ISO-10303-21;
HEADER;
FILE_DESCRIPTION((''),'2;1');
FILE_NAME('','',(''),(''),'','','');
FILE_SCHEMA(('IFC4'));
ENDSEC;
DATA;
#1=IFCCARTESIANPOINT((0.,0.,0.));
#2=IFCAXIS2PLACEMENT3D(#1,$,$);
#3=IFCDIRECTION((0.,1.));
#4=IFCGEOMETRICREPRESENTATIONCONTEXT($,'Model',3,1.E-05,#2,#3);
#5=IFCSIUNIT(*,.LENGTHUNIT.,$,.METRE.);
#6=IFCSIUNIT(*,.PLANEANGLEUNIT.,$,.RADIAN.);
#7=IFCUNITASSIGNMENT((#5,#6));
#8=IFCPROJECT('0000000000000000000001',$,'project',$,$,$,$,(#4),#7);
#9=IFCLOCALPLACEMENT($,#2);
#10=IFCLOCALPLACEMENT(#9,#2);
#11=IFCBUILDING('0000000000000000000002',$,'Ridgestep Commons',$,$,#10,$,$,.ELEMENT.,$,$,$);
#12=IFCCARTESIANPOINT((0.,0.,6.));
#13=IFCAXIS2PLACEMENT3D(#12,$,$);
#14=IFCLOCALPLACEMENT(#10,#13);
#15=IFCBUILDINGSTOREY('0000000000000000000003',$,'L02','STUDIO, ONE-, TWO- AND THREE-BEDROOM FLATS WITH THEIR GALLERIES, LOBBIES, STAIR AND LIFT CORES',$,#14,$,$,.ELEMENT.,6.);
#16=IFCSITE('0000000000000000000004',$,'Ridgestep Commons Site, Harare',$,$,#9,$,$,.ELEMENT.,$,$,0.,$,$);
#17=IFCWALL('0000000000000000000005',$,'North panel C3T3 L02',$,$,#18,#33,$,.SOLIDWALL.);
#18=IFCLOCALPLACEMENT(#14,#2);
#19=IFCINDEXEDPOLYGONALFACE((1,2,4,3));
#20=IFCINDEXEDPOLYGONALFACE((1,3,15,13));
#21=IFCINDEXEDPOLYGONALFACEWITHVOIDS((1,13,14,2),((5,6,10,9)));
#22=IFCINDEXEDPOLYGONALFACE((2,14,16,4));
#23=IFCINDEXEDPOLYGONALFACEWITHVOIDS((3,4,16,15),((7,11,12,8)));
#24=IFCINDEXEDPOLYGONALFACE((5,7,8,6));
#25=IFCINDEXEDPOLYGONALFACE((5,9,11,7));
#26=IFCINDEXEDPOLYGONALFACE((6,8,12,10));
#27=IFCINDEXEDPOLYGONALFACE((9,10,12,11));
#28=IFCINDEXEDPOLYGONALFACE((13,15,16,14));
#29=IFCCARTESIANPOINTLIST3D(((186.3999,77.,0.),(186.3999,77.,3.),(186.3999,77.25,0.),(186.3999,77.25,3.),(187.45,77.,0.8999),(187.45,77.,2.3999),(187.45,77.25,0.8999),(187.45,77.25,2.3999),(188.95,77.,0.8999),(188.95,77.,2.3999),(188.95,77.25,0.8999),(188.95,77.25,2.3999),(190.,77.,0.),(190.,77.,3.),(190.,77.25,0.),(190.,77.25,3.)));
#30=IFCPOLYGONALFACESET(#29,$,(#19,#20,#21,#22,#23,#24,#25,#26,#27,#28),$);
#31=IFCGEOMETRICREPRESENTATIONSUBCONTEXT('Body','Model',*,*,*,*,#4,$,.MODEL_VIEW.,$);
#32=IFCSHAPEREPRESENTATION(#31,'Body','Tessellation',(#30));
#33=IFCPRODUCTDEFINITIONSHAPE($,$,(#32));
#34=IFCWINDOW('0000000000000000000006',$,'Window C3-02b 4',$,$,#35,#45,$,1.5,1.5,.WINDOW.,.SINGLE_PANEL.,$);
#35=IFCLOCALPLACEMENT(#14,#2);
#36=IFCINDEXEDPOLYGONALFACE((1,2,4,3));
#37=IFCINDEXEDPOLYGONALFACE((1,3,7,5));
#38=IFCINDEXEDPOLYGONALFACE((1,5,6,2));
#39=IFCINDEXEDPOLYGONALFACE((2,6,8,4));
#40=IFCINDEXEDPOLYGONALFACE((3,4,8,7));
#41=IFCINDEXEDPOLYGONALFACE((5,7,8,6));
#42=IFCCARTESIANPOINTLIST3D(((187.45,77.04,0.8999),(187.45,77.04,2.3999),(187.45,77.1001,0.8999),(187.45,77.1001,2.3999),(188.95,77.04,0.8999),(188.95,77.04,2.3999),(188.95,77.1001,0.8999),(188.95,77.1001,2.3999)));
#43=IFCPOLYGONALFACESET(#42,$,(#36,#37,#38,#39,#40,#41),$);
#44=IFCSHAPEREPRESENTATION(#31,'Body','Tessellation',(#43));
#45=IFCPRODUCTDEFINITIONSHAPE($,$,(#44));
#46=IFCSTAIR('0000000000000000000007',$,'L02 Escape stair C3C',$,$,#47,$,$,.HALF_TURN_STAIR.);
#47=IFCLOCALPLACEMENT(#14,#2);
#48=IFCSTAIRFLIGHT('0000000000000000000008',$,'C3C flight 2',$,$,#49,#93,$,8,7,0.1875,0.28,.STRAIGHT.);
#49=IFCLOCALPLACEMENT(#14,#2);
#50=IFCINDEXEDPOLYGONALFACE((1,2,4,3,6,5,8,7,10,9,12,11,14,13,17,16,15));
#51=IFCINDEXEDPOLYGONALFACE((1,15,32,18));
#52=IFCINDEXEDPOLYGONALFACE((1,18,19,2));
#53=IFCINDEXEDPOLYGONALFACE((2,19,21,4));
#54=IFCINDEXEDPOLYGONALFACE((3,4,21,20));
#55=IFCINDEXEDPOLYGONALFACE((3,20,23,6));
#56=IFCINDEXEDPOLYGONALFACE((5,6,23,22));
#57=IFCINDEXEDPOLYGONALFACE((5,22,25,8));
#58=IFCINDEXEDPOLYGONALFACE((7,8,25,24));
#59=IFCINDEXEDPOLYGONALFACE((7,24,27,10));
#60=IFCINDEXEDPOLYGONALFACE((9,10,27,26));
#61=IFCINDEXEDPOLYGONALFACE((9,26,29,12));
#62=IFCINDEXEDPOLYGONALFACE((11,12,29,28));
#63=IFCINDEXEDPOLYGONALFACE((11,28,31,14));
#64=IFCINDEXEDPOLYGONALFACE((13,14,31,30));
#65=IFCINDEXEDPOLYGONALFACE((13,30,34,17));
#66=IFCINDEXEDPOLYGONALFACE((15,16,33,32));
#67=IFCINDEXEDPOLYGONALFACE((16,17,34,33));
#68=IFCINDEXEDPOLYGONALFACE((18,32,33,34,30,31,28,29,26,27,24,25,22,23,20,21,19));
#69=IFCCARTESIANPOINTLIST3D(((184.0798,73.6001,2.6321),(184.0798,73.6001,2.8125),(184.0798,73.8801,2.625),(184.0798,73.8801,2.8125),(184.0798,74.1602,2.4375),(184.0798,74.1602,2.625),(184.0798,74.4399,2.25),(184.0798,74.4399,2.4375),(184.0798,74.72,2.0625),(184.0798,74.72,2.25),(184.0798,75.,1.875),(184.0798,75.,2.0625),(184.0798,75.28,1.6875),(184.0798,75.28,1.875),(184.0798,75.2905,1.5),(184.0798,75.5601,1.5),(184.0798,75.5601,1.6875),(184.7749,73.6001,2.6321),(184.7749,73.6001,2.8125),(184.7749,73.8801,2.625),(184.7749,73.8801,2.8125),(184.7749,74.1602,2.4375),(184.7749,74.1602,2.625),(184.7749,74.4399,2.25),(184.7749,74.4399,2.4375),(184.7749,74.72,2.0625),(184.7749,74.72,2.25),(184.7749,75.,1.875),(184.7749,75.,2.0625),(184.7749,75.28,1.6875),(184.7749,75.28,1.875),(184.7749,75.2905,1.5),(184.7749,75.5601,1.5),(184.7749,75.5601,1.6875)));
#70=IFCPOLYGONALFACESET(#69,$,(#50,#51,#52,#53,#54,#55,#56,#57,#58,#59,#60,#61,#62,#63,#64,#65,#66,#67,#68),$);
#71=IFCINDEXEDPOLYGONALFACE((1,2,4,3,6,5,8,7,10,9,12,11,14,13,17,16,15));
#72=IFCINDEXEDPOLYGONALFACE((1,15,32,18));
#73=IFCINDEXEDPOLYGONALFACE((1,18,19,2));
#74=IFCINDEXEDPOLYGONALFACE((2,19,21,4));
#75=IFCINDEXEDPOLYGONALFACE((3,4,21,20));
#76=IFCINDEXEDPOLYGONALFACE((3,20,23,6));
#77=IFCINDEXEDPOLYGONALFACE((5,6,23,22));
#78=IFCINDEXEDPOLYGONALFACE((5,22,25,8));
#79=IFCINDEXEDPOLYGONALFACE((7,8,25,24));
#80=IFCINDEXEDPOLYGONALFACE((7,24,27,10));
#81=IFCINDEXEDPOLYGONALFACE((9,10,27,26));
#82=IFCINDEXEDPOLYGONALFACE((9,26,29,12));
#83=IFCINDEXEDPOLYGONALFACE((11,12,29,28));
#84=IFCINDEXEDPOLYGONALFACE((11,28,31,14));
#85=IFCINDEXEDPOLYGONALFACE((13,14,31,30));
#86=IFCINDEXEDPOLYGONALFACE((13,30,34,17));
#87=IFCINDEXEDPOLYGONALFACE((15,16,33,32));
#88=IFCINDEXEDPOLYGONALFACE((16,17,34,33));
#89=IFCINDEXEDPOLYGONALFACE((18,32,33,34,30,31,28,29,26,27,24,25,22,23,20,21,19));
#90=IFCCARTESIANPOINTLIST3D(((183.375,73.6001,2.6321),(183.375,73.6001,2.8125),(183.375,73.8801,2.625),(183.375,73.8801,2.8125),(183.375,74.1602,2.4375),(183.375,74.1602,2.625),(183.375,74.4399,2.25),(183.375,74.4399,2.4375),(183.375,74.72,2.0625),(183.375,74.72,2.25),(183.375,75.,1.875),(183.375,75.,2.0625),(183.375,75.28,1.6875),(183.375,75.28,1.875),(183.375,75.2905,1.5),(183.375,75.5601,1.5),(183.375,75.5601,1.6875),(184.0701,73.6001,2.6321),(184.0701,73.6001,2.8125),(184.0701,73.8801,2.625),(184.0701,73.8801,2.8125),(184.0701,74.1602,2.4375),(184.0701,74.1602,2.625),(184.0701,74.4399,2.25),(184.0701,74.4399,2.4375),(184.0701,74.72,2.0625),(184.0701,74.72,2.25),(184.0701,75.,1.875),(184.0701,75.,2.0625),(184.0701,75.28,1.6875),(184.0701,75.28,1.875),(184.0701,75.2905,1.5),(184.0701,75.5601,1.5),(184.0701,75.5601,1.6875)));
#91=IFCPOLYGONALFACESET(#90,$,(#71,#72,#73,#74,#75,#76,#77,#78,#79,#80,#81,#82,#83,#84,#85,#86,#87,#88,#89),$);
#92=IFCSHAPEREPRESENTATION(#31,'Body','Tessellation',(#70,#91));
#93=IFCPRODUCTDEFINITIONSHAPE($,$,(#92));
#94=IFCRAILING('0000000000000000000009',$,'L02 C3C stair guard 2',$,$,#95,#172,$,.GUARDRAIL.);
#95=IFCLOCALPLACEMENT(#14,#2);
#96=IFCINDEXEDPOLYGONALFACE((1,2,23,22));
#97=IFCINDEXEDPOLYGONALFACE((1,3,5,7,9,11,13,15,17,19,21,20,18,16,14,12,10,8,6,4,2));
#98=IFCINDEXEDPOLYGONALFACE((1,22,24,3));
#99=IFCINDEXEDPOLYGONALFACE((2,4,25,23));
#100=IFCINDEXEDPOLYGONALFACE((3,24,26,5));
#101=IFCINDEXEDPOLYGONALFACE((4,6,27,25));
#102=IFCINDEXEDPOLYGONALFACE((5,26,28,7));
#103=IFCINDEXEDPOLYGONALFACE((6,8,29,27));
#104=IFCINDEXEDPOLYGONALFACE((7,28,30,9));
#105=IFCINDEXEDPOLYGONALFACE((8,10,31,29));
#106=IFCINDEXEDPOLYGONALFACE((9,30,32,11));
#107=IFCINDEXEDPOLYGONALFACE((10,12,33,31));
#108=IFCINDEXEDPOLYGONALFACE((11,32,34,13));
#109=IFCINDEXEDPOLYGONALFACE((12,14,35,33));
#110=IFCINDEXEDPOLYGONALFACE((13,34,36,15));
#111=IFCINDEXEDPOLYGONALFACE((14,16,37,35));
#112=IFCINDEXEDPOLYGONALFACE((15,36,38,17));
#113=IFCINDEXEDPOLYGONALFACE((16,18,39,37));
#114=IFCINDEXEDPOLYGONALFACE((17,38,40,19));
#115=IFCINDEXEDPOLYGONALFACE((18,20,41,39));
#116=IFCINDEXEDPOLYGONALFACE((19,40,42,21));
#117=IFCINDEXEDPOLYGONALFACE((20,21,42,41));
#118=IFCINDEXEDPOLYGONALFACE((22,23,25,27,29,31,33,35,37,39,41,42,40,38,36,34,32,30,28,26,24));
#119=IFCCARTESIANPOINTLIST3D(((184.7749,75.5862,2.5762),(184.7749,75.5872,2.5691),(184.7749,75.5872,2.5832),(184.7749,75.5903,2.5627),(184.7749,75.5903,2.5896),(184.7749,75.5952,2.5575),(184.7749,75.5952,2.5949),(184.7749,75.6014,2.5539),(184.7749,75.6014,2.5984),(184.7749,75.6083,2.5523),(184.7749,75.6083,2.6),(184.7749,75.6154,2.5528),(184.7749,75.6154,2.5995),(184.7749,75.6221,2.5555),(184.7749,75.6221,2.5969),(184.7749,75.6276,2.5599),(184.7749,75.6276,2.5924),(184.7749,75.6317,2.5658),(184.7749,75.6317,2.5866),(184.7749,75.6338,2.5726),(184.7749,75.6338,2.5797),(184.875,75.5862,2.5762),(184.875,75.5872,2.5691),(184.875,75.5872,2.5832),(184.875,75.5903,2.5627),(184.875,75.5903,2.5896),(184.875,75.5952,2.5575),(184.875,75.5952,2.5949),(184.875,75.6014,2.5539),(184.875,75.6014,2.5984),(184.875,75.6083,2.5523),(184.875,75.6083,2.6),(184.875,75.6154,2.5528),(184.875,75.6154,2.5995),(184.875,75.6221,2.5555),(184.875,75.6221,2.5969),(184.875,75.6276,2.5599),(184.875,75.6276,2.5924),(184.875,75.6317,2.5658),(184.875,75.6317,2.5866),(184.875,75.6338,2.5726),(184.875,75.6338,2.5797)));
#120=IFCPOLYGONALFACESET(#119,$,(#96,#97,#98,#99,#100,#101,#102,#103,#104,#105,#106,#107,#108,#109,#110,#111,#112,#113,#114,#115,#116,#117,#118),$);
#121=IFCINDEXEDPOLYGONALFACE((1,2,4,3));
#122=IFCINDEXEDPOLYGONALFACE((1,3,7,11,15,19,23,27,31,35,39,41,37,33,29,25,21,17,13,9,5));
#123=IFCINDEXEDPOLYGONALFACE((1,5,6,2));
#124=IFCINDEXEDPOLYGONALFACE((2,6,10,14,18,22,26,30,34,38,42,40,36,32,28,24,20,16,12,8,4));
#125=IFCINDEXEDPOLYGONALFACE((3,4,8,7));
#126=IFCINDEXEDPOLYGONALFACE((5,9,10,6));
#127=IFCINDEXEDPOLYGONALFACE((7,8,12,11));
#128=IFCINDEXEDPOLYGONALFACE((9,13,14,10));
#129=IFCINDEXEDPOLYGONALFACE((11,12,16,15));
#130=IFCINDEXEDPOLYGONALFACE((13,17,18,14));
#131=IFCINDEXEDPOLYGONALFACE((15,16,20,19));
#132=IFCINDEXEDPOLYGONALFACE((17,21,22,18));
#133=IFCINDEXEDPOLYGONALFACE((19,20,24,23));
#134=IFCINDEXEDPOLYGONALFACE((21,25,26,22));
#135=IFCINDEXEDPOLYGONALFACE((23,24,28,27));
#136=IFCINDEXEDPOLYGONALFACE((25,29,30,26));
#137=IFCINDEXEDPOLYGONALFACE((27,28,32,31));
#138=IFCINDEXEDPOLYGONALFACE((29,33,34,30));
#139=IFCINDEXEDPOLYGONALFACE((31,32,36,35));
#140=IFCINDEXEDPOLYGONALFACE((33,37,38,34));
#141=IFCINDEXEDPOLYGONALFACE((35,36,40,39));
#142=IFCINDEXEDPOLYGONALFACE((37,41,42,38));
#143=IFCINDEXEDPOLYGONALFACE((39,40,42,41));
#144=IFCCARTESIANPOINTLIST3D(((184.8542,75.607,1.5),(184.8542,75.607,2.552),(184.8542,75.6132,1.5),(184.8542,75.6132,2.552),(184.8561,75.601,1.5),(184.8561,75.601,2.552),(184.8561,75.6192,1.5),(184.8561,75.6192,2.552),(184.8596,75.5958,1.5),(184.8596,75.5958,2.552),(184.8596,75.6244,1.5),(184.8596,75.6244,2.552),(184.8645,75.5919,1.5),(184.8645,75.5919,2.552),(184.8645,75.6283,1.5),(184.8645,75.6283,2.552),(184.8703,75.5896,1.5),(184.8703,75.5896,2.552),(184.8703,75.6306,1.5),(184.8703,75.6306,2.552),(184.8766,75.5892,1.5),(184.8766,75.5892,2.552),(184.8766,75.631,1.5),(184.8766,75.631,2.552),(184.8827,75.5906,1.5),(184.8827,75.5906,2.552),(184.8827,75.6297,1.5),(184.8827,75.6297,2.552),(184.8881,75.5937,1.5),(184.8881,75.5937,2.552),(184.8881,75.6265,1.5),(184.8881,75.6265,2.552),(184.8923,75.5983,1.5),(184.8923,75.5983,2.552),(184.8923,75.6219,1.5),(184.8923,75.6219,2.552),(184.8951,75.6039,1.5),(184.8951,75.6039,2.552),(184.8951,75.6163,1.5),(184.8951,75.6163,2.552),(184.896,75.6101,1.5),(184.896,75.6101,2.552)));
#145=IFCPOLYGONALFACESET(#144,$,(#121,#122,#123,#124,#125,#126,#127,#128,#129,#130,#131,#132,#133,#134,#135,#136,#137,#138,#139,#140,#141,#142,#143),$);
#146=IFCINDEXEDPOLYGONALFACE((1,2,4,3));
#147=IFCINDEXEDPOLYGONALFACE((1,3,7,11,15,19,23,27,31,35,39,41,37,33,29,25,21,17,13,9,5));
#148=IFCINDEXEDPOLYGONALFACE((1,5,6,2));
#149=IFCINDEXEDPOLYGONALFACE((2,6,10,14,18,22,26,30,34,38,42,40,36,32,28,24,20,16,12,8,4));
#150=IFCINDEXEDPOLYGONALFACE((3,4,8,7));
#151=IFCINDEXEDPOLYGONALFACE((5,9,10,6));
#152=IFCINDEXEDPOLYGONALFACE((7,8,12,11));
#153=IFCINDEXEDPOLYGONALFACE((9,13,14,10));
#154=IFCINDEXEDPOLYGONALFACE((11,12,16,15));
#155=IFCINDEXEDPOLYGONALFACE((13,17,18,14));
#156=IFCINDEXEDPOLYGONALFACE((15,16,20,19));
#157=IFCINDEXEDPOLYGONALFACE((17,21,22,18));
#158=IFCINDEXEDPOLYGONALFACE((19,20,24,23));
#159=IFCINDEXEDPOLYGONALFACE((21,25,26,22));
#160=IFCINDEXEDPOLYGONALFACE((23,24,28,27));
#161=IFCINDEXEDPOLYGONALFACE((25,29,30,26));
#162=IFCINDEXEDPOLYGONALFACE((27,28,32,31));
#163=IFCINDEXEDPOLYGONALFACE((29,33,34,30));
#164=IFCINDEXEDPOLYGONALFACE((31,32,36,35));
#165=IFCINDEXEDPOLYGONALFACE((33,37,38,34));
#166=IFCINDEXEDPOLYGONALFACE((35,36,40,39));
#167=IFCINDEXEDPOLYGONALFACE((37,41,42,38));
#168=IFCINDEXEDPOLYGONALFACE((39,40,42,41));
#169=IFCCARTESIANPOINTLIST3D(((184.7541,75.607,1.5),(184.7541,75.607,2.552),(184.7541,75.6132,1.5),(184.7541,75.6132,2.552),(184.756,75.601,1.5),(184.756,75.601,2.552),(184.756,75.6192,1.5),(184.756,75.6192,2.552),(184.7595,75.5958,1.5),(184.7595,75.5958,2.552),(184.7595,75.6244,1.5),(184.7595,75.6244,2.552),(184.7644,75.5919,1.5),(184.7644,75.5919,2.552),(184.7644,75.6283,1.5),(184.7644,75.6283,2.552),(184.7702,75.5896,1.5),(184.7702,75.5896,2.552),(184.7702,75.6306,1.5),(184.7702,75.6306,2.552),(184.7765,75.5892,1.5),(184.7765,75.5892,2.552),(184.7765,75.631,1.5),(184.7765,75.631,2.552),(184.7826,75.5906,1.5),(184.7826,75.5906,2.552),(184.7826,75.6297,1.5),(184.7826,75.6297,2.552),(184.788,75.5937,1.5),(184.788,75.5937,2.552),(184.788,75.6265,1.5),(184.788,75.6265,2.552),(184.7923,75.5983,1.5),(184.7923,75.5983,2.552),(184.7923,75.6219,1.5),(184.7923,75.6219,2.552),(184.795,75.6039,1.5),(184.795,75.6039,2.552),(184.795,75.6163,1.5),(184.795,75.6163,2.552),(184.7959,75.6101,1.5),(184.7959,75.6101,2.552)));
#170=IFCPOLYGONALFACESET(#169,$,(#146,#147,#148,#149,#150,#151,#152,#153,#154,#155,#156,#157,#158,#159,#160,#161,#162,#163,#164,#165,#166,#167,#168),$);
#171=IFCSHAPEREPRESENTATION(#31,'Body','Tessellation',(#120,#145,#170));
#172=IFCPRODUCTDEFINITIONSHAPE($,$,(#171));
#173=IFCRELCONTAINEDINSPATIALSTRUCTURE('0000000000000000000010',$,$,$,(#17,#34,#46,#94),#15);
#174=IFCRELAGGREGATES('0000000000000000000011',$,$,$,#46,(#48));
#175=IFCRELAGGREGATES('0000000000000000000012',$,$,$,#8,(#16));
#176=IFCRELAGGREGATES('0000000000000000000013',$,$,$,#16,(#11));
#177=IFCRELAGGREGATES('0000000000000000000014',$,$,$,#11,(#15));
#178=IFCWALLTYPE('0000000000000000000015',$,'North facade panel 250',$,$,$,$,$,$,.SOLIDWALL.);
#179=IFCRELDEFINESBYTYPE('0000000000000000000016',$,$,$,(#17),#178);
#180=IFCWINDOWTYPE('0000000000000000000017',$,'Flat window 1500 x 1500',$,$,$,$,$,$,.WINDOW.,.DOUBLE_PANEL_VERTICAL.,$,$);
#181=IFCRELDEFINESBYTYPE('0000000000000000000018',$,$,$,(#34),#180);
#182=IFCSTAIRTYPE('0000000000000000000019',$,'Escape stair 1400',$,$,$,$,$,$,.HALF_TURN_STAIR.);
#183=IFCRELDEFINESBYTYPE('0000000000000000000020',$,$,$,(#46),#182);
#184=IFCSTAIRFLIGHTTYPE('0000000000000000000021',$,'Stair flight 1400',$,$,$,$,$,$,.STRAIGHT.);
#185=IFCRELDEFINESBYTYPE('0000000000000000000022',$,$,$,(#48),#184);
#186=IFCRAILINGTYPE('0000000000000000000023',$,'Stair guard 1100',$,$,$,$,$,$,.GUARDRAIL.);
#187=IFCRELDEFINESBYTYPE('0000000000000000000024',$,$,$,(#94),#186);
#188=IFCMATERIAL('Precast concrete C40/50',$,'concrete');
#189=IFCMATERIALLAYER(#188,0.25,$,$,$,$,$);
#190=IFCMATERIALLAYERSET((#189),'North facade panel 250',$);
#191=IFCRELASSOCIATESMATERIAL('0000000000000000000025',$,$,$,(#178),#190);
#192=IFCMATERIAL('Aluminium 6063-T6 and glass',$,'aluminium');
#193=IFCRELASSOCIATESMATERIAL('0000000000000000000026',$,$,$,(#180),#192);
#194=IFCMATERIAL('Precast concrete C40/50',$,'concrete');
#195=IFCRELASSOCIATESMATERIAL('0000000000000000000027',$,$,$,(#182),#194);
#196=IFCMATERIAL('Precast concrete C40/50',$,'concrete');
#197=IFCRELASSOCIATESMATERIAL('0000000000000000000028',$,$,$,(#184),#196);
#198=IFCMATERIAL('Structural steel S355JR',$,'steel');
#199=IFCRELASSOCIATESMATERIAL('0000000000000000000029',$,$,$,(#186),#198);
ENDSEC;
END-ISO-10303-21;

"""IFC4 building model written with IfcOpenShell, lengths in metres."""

from ifc_helpers import new_model, si_unit, direction, frame, frame_2d, origin, origin_2d, place, context, subcontext, project, spatial, polyline, rectangle, circle, outline, extrude, material, layer, layer_set, type_object, element, fill, aggregate, save


model = new_model("IFC4")

# Units and contexts
model_context = context("Model", 3, precision=1e-05, world=origin(), true_north=direction((0.0, 1.0)))
body_context = subcontext(model_context, "Body", "Model", "MODEL_VIEW")
ifc_project = project(units=[si_unit("LENGTHUNIT", "METRE"), si_unit("PLANEANGLEUNIT", "RADIAN")], contexts=[model_context])

# Site, building, storey
site_placement = place(None, origin())
site = spatial("IfcSite", under=ifc_project, at=site_placement, Name="Ridgestep Commons Site, Harare", CompositionType="ELEMENT", RefElevation=0.0)
building_placement = place(site_placement, origin())
building = spatial("IfcBuilding", under=site, at=building_placement, Name="Ridgestep Commons", CompositionType="ELEMENT")
storey_placement = place(building_placement, frame((0.0, 0.0, 6.0)))
storey = spatial("IfcBuildingStorey", under=building, at=storey_placement, Name="L02", Description="STUDIO, ONE-, TWO- AND THREE-BEDROOM FLATS WITH THEIR GALLERIES, LOBBIES, STAIR AND LIFT CORES", CompositionType="ELEMENT", Elevation=6.0)

# Wall, opening, window
ifc_material_1 = material(Name="Precast concrete C40/50", Category="concrete")
ifc_layer_1 = layer(ifc_material_1, 0.25)
ifc_layer_set_1 = layer_set([ifc_layer_1], Name="North facade panel 250")
wall_type = type_object("IfcWallType", Name="North facade panel 250", PredefinedType="SOLIDWALL", material=ifc_layer_set_1)
wall_placement = place(storey_placement, frame((186.3999, 77.125, 0.0), z_axis=(0.0, 0.0, 1.0), x_axis=(1.0, 0.0, 0.0)))
wall = element("IfcWall", 1, at=wall_placement, inside=storey, type_object=wall_type, Name="North panel C3T3 L02", PredefinedType="SOLIDWALL", context=body_context, shape_type="SweptSolid", body=[
    extrude(rectangle(XDim=3.6001, YDim=0.25, at=frame_2d((1.8, 0.0))), origin(), (0.0, 0.0, 1.0), 3.0),
])
opening_placement = place(wall_placement, frame((1.05, 0.0, 0.8999)))
opening = element("IfcOpeningElement", 2, at=opening_placement, cuts=wall, PredefinedType="OPENING", context=body_context, shape_type="SweptSolid", body=[
    extrude(rectangle(XDim=1.5, YDim=1.5, at=frame_2d((0.75, 0.75))), frame((0.0, 0.135, 0.0), z_axis=(0.0, -1.0, 0.0), x_axis=(1.0, 0.0, 0.0)), (0.0, 0.0, 1.0), 0.27),
])
ifc_material_2 = material(Name="Aluminium 6063-T6 and glass", Category="aluminium")
window_type = type_object("IfcWindowType", Name="Flat window 1500 x 1500", PartitioningType="DOUBLE_PANEL_VERTICAL", PredefinedType="WINDOW", material=ifc_material_2)
window_placement = place(opening_placement, origin())
window = element("IfcWindow", 3, at=window_placement, inside=storey, type_object=window_type, Name="Window C3-02b 4", OverallHeight=1.5, OverallWidth=1.5, PartitioningType="SINGLE_PANEL", PredefinedType="WINDOW", context=body_context, shape_type="SweptSolid", body=[
    extrude(rectangle(XDim=1.5, YDim=1.5, at=frame_2d((0.75, 0.75))), frame((0.0, -0.0249, 0.0), z_axis=(0.0, -1.0, 0.0), x_axis=(1.0, 0.0, 0.0)), (0.0, 0.0, 1.0), 0.0601),
])
fill(opening, window)

# Stair, stair flight
ifc_material_3 = material(Name="Precast concrete C40/50", Category="concrete")
stair_type = type_object("IfcStairType", Name="Escape stair 1400", PredefinedType="HALF_TURN_STAIR", material=ifc_material_3)
stair_placement = place(storey_placement, origin())
stair = element("IfcStair", 4, at=stair_placement, inside=storey, type_object=stair_type, Name="L02 Escape stair C3C", PredefinedType="HALF_TURN_STAIR")
ifc_material_4 = material(Name="Precast concrete C40/50", Category="concrete")
stair_flight_type = type_object("IfcStairFlightType", Name="Stair flight 1400", PredefinedType="STRAIGHT", material=ifc_material_4)
stair_flight_placement = place(storey_placement, frame((184.075, 75.5601, 1.5), z_axis=(0.0, 0.0, 1.0), x_axis=(0.0, -1.0, 0.0)))
stair_flight = element("IfcStairFlight", 5, at=stair_flight_placement, type_object=stair_flight_type, Name="C3C flight 2", NumberOfRisers=8, NumberOfTreads=7, PredefinedType="STRAIGHT", RiserHeight=0.1875, TreadLength=0.28, context=body_context, shape_type="SweptSolid", body=[
    extrude(outline(polyline([(0.0, 0.0), (0.0, 0.1875), (0.28, 0.1875), (0.28, 0.375), (0.5601, 0.375), (0.5601, 0.5625), (0.8401, 0.5625), (0.8401, 0.75), (1.1201, 0.75), (1.1201, 0.9375), (1.3999, 0.9375), (1.3999, 1.125), (1.6799, 1.125), (1.6799, 1.3125), (1.96, 1.3125), (1.96, 1.5), (1.96, 1.1321), (0.2695, 0.0), (0.0, 0.0)])), frame((0.0, 0.7, 0.0), z_axis=(0.0, -1.0, 0.0), x_axis=(1.0, 0.0, 0.0)), (0.0, 0.0, 1.0), 0.6951),
    extrude(outline(polyline([(0.0, 0.0), (0.0, 0.1875), (0.28, 0.1875), (0.28, 0.375), (0.5601, 0.375), (0.5601, 0.5625), (0.8401, 0.5625), (0.8401, 0.75), (1.1201, 0.75), (1.1201, 0.9375), (1.3999, 0.9375), (1.3999, 1.125), (1.6799, 1.125), (1.6799, 1.3125), (1.96, 1.3125), (1.96, 1.5), (1.96, 1.1321), (0.2695, 0.0), (0.0, 0.0)])), frame((0.0, -0.0049, 0.0), z_axis=(0.0, -1.0, 0.0), x_axis=(1.0, 0.0, 0.0)), (0.0, 0.0, 1.0), 0.6951),
])
aggregate(stair, [stair_flight])

# Railing
ifc_material_5 = material(Name="Structural steel S355JR", Category="steel")
railing_type = type_object("IfcRailingType", Name="Stair guard 1100", PredefinedType="GUARDRAIL", material=ifc_material_5)
railing_1_placement = place(storey_placement, frame((184.875, 75.6101, 1.5)))
element("IfcRailing", 6, at=railing_1_placement, inside=storey, type_object=railing_type, Name="L02 C3C stair guard 2", PredefinedType="GUARDRAIL", context=body_context, shape_type="SweptSolid", body=[
    extrude(circle(Radius=0.0239, at=origin_2d()), frame((0.0, 0.0, 1.0762), z_axis=(-1.0, 0.0, 0.0), x_axis=(0.0, -1.0, 0.0)), (0.0, 0.0, 1.0), 0.1001),
    extrude(circle(Radius=0.021, at=origin_2d()), origin(), (0.0, 0.0, 1.0), 1.052),
    extrude(circle(Radius=0.021, at=origin_2d()), frame((-0.1001, 0.0, 0.0)), (0.0, 0.0, 1.0), 1.052),
])

save(model, "model.ifc")
